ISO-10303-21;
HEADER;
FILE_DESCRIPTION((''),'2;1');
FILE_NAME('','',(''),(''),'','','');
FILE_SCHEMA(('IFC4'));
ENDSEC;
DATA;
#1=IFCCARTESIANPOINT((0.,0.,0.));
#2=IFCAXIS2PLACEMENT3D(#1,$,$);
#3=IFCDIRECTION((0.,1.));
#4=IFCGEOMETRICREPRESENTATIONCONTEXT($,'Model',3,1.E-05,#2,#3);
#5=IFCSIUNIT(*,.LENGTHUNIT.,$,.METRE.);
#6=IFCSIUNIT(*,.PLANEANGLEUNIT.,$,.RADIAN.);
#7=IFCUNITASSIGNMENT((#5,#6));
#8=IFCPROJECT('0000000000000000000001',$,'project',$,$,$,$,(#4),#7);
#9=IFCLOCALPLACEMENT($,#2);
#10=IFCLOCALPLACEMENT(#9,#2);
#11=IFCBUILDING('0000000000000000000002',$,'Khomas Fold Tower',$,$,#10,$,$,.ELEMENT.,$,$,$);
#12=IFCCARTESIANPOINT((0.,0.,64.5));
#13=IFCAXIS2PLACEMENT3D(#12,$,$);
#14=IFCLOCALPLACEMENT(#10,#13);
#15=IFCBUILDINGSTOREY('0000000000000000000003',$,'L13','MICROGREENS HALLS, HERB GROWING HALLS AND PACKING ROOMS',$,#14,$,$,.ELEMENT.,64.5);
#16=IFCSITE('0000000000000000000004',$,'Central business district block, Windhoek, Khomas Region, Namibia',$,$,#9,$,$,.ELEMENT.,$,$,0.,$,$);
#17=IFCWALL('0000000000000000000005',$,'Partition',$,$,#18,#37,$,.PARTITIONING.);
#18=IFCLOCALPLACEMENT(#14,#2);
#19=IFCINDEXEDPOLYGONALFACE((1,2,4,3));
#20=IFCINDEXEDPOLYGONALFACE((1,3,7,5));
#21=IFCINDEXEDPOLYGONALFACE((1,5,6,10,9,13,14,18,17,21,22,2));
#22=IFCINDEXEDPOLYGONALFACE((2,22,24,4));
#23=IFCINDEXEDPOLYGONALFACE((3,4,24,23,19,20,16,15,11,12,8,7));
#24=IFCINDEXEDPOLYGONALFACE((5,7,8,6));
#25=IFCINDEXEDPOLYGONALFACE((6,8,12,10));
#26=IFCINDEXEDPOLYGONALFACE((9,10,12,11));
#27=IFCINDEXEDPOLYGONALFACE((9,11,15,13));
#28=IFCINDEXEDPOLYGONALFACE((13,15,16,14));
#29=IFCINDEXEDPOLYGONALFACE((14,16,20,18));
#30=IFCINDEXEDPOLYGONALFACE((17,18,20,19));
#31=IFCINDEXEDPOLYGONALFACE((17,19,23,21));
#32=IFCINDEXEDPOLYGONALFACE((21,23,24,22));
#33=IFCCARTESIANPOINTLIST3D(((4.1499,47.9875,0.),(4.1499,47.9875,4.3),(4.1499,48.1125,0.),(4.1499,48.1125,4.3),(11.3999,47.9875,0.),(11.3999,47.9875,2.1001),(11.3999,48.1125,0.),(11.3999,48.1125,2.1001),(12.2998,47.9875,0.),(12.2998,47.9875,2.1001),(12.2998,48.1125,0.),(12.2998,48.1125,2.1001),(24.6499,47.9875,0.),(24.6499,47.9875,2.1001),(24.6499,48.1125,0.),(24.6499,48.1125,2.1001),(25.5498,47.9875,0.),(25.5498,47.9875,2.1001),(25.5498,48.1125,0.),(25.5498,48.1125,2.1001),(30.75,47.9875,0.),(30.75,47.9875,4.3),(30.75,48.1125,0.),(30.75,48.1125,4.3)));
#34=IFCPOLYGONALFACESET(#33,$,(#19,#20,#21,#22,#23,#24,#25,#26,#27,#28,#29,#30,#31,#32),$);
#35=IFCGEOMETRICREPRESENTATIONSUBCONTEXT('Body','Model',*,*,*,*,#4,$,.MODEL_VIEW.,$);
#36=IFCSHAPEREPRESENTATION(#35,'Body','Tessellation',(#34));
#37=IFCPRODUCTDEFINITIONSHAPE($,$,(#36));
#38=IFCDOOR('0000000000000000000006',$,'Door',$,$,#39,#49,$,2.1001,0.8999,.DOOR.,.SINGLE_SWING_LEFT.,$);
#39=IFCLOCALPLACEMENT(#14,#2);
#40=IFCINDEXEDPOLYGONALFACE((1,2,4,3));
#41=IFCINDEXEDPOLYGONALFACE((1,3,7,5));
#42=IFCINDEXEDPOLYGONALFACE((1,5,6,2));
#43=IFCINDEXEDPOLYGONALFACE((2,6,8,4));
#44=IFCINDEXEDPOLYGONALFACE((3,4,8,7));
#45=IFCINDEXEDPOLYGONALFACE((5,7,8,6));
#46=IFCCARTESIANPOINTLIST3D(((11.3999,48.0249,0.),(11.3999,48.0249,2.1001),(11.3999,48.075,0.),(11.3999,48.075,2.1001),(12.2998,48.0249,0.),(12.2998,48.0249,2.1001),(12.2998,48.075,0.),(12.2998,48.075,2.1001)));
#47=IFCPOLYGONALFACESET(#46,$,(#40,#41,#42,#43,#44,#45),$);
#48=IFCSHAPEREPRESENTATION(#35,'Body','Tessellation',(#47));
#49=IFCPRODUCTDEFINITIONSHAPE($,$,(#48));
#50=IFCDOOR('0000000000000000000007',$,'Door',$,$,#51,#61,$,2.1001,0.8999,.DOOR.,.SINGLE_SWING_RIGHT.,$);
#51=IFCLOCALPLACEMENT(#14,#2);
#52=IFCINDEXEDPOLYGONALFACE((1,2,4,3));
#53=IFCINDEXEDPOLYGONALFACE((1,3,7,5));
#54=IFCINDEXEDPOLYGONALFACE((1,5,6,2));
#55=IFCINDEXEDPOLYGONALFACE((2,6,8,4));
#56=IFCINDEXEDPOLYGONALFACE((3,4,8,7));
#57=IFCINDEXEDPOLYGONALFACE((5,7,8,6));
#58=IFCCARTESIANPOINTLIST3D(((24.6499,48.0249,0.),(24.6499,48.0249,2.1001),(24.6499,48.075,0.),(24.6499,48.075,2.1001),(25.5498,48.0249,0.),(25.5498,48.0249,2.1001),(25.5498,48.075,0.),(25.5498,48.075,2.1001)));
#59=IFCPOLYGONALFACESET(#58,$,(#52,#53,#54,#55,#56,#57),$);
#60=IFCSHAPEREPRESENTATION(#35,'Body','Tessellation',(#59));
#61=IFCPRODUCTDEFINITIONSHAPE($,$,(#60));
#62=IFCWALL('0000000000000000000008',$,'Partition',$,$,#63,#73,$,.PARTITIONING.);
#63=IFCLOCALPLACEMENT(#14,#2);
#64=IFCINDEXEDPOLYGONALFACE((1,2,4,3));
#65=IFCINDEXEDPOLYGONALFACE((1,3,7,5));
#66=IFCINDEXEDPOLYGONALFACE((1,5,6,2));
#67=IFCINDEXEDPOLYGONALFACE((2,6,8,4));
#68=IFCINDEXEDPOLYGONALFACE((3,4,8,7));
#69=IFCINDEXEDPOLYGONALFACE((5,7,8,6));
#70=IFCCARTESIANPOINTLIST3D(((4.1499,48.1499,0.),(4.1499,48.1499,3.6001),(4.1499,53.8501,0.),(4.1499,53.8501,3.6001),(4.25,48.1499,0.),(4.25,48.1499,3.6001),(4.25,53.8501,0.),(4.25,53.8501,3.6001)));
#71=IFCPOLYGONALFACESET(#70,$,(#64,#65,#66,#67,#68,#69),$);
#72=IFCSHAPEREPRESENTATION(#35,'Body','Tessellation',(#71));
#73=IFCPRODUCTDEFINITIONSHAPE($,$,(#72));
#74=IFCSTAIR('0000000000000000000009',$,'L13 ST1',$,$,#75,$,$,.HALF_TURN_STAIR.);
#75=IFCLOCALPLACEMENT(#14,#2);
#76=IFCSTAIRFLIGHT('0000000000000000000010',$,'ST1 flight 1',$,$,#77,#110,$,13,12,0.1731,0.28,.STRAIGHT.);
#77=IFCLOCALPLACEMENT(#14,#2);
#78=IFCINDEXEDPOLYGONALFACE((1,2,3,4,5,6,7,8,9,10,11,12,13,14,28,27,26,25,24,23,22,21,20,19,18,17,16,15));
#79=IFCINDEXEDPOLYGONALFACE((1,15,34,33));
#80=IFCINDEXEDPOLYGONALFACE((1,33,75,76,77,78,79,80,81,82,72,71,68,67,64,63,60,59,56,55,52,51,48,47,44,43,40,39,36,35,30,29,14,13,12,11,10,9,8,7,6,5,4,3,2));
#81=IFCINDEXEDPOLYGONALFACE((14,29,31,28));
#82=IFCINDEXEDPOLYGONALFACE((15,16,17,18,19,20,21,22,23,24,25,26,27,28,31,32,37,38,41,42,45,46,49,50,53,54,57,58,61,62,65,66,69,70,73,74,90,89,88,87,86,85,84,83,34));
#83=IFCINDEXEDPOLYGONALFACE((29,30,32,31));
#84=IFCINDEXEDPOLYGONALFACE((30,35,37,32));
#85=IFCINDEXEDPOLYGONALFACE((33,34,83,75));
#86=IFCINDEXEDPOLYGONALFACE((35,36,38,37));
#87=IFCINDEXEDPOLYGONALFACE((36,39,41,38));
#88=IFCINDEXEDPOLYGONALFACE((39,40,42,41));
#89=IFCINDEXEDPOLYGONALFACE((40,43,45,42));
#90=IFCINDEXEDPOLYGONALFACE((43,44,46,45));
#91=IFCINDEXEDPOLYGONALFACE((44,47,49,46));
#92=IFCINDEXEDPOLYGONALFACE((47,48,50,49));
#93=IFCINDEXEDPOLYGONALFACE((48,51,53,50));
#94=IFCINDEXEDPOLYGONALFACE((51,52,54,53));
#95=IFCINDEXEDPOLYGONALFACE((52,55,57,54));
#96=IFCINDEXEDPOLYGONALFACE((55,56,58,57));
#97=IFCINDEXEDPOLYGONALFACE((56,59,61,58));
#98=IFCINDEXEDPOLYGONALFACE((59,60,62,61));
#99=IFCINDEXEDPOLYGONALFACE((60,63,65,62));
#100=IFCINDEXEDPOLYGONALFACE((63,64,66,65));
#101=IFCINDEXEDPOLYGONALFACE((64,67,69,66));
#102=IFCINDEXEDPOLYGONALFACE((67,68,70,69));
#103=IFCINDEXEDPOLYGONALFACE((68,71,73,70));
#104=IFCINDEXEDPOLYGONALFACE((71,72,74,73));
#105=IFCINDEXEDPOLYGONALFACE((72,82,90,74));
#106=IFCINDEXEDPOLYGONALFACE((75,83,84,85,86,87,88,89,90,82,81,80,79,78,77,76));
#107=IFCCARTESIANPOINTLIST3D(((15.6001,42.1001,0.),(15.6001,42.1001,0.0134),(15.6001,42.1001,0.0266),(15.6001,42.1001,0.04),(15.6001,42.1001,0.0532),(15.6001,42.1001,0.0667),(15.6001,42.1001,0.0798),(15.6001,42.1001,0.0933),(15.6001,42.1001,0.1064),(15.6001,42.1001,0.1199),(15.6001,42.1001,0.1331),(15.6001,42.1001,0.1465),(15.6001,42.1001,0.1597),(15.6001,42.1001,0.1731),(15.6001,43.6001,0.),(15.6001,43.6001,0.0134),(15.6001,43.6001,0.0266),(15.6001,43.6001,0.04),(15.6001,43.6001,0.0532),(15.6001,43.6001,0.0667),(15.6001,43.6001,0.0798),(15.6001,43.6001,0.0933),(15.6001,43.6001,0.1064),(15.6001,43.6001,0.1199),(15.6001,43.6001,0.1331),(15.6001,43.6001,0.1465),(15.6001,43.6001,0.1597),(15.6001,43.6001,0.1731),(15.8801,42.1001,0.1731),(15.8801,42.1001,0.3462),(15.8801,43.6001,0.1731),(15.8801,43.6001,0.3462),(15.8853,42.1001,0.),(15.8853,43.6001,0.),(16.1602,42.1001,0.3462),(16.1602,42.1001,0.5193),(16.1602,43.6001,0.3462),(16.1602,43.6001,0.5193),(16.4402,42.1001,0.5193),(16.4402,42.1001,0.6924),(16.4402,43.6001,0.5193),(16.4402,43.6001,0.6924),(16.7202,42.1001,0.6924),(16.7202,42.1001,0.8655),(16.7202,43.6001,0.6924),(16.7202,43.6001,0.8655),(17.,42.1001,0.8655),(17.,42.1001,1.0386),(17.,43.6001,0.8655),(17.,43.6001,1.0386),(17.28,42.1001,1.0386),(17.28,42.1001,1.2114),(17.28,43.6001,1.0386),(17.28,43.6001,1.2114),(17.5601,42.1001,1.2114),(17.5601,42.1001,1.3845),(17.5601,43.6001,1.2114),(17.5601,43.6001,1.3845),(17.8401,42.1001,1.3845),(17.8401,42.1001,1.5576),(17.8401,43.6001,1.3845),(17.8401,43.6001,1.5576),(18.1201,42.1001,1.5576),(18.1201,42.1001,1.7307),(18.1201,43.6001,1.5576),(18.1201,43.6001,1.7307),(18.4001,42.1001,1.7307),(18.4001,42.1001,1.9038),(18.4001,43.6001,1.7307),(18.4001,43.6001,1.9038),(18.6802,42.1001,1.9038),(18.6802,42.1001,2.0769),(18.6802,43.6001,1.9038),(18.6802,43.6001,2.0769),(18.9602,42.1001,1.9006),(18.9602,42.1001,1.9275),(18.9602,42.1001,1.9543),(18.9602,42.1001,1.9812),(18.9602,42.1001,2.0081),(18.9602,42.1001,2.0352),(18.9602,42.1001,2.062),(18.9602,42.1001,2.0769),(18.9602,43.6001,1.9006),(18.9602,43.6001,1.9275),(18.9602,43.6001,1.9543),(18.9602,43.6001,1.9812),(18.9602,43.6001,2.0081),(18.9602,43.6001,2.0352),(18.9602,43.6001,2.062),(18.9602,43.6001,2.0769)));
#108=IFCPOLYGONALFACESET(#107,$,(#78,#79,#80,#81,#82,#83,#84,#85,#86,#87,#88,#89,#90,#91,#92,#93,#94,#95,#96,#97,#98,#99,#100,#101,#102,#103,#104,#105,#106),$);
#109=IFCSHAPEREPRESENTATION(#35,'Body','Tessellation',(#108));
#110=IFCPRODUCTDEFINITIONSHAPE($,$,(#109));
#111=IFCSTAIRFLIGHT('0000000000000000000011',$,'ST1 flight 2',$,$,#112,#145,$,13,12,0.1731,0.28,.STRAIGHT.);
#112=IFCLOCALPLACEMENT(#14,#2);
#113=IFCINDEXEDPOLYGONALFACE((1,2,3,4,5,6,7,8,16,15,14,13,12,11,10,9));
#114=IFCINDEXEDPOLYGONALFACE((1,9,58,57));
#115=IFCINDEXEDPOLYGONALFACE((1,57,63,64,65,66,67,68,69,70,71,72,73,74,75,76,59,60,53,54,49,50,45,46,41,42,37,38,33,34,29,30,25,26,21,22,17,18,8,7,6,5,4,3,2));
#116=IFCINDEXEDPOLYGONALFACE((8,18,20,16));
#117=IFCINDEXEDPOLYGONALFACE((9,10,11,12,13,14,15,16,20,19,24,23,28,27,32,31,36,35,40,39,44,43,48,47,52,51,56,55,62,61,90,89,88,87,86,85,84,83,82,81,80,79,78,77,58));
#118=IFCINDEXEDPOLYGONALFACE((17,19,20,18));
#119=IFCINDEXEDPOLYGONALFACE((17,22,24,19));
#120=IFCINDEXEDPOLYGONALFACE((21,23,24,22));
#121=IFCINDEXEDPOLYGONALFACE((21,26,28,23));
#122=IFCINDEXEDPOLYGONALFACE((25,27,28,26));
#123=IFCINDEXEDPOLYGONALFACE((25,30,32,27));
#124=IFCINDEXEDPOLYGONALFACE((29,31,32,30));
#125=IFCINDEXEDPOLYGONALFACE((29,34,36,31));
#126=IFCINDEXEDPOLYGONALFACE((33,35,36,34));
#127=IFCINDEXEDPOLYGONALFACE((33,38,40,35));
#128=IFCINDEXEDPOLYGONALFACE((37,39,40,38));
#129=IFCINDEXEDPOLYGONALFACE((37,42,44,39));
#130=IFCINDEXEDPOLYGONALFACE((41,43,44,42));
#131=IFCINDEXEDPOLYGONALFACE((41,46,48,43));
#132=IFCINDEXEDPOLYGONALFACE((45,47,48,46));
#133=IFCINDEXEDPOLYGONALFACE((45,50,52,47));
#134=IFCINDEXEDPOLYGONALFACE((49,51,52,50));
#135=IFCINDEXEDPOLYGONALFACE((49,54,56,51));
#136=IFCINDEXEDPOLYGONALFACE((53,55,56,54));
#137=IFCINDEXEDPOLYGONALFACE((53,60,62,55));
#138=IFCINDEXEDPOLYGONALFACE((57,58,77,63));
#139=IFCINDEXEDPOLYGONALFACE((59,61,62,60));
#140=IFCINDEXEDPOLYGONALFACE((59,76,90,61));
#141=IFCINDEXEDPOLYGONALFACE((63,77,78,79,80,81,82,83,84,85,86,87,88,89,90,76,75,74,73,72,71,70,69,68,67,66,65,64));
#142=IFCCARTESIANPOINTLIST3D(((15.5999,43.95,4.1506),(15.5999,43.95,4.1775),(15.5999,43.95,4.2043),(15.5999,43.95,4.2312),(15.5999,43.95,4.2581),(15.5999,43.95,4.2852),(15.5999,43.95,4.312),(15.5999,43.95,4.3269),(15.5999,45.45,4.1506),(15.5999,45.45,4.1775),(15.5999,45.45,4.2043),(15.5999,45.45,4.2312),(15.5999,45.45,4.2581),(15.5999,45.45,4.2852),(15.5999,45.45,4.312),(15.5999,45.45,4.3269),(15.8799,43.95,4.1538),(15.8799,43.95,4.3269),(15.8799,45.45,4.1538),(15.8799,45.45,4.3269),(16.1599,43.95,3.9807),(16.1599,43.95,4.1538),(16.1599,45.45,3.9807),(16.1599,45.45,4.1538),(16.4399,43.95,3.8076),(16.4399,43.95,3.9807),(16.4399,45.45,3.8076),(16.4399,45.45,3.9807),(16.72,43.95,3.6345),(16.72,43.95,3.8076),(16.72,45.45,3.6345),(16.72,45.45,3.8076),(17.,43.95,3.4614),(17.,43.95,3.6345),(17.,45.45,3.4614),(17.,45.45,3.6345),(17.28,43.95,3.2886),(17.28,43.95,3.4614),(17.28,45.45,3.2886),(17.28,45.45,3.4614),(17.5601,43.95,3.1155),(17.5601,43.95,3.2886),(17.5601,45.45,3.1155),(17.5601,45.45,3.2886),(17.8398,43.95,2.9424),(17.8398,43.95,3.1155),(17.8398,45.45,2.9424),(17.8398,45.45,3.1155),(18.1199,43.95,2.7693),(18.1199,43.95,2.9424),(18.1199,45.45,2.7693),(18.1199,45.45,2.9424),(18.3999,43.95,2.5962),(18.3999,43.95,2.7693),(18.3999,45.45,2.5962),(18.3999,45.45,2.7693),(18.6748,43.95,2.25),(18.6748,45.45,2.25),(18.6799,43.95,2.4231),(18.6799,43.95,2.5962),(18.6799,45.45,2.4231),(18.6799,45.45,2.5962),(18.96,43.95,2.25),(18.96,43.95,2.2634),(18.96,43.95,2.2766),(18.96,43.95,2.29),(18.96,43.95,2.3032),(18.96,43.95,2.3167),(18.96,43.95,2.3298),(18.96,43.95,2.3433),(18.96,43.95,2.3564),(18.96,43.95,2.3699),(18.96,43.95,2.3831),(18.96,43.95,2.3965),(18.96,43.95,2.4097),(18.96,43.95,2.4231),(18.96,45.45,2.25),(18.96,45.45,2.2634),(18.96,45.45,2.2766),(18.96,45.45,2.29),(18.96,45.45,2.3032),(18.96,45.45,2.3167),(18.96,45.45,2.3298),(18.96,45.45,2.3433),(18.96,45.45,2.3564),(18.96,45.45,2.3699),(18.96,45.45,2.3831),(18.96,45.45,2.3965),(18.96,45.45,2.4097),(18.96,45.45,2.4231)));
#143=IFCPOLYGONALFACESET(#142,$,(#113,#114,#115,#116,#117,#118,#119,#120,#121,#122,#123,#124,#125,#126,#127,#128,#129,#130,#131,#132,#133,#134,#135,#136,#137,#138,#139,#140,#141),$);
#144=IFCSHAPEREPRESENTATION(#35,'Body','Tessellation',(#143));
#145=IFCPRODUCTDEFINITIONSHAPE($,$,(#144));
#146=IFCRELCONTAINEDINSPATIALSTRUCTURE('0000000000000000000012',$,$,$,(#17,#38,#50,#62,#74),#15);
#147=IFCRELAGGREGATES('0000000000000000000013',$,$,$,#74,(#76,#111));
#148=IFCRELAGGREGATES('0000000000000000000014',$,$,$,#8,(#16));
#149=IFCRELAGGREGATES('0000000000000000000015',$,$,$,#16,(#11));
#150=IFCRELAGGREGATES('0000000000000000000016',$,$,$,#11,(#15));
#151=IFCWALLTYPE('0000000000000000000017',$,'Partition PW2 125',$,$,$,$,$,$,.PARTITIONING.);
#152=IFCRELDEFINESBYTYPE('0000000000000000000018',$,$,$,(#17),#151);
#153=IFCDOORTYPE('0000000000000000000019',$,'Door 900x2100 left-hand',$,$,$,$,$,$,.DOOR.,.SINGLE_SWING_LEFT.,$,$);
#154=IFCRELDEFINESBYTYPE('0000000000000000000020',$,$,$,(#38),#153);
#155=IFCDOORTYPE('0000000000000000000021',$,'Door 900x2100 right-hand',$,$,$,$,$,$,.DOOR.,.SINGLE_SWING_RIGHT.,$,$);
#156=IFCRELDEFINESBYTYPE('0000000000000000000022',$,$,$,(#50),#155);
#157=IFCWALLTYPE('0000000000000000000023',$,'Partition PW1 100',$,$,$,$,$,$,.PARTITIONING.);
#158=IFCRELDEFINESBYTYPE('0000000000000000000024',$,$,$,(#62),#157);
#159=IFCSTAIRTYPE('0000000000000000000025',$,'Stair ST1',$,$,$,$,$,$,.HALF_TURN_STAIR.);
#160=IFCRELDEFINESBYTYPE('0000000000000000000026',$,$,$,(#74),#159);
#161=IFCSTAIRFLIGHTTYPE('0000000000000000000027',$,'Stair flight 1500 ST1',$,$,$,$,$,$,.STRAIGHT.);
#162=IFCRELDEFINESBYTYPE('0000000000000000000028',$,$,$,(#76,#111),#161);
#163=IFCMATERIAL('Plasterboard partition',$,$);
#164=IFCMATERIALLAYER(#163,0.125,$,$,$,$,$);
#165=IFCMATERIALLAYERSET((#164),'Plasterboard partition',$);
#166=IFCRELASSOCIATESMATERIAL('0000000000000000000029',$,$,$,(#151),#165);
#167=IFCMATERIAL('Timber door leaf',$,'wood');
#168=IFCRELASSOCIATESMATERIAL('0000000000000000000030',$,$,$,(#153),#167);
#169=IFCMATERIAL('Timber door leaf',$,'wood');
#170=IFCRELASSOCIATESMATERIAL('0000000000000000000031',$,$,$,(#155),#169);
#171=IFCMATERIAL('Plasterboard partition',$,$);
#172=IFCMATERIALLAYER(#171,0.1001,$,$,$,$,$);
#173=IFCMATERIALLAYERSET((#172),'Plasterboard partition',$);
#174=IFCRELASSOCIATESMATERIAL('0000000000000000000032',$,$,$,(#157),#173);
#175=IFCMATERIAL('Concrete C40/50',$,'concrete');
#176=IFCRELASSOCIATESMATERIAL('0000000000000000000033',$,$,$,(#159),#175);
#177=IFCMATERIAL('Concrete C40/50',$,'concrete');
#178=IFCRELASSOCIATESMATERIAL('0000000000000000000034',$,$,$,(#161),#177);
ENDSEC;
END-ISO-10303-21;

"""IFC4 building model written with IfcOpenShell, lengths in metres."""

from ifc_helpers import new_model, si_unit, direction, frame, frame_2d, origin, place, context, subcontext, project, spatial, polyline, rectangle, outline, extrude, source, transform, mapped, material, layer, layer_set, type_object, element, fill, aggregate, save


model = new_model("IFC4")

# Units and contexts
model_context = context("Model", 3, precision=1e-05, world=origin(), true_north=direction((0.0, 1.0)))
body_context = subcontext(model_context, "Body", "Model", "MODEL_VIEW")
ifc_project = project(units=[si_unit("LENGTHUNIT", "METRE"), si_unit("PLANEANGLEUNIT", "RADIAN")], contexts=[model_context])

# Site, building, storey
site_placement = place(None, origin())
site = spatial("IfcSite", under=ifc_project, at=site_placement, Name="Central business district block, Windhoek, Khomas Region, Namibia", CompositionType="ELEMENT", RefElevation=0.0)
building_placement = place(site_placement, origin())
building = spatial("IfcBuilding", under=site, at=building_placement, Name="Khomas Fold Tower", CompositionType="ELEMENT")
storey_placement = place(building_placement, frame((0.0, 0.0, 64.5)))
storey = spatial("IfcBuildingStorey", under=building, at=storey_placement, Name="L13", Description="MICROGREENS HALLS, HERB GROWING HALLS AND PACKING ROOMS", CompositionType="ELEMENT", Elevation=64.5)

# Shared definitions
ifc_material_1 = material(Name="Plasterboard partition")
ifc_layer_1 = layer(ifc_material_1, 0.125)
ifc_layer_set_1 = layer_set([ifc_layer_1], Name="Plasterboard partition")
wall_type_1 = type_object("IfcWallType", Name="Partition PW2 125", PredefinedType="PARTITIONING", material=ifc_layer_set_1)
shared_shape_1 = source(origin(), body_context, "Body", "SweptSolid", [
    extrude(rectangle(XDim=0.8999, YDim=2.1001, at=frame_2d((0.45, 1.05))), frame((0.0, 0.0725, 0.0), z_axis=(0.0, -1.0, 0.0), x_axis=(1.0, 0.0, 0.0)), (0.0, 0.0, 1.0), 0.145),
])
ifc_material_2 = material(Name="Timber door leaf", Category="wood")
door_type_1 = type_object("IfcDoorType", Name="Door 900x2100 left-hand", OperationType="SINGLE_SWING_LEFT", PredefinedType="DOOR", material=ifc_material_2)
shared_shape_2 = source(origin(), body_context, "Body", "SweptSolid", [
    extrude(rectangle(XDim=0.8999, YDim=2.1001, at=frame_2d((0.45, 1.05))), frame((0.0, 0.0249, 0.0), z_axis=(0.0, -1.0, 0.0), x_axis=(1.0, 0.0, 0.0)), (0.0, 0.0, 1.0), 0.05),
])
ifc_material_3 = material(Name="Timber door leaf", Category="wood")
door_type_2 = type_object("IfcDoorType", Name="Door 900x2100 right-hand", OperationType="SINGLE_SWING_RIGHT", PredefinedType="DOOR", material=ifc_material_3)

# Shared definitions
ifc_material_4 = material(Name="Plasterboard partition")
ifc_layer_2 = layer(ifc_material_4, 0.1001)
ifc_layer_set_2 = layer_set([ifc_layer_2], Name="Plasterboard partition")
wall_type_2 = type_object("IfcWallType", Name="Partition PW1 100", PredefinedType="PARTITIONING", material=ifc_layer_set_2)

# Wall, openings, doors
shared_shape_3 = source(origin(), body_context, "Body", "SweptSolid", [
    extrude(rectangle(XDim=26.6001, YDim=0.125, at=frame_2d((13.3, 0.0))), origin(), (0.0, 0.0, 1.0), 4.3),
])
wall_1_placement = place(storey_placement, frame((4.1499, 48.05, 0.0), z_axis=(0.0, 0.0, 1.0), x_axis=(1.0, 0.0, 0.0)))
wall_1 = element("IfcWall", 1, at=wall_1_placement, inside=storey, type_object=wall_type_1, Name="Partition", PredefinedType="PARTITIONING", context=body_context, shape_type="MappedRepresentation", body=[
    mapped(shared_shape_3, transform((0.0, 0.0, 0.0))),
])
opening_1_placement = place(wall_1_placement, frame((7.25, 0.0, 0.0)))
opening_1 = element("IfcOpeningElement", 2, at=opening_1_placement, cuts=wall_1, PredefinedType="OPENING", context=body_context, shape_type="MappedRepresentation", body=[
    mapped(shared_shape_1, transform((0.0, 0.0, 0.0))),
])
opening_2_placement = place(wall_1_placement, frame((20.5, 0.0, 0.0)))
opening_2 = element("IfcOpeningElement", 3, at=opening_2_placement, cuts=wall_1, PredefinedType="OPENING", context=body_context, shape_type="MappedRepresentation", body=[
    mapped(shared_shape_1, transform((0.0, 0.0, 0.0))),
])
door_1_placement = place(opening_1_placement, origin())
door_1 = element("IfcDoor", 4, at=door_1_placement, inside=storey, type_object=door_type_1, Name="Door", OperationType="SINGLE_SWING_LEFT", OverallHeight=2.1001, OverallWidth=0.8999, PredefinedType="DOOR", context=body_context, shape_type="MappedRepresentation", body=[
    mapped(shared_shape_2, transform((0.0, 0.0, 0.0))),
])
fill(opening_1, door_1)
door_2_placement = place(opening_2_placement, origin())
door_2 = element("IfcDoor", 5, at=door_2_placement, inside=storey, type_object=door_type_2, Name="Door", OperationType="SINGLE_SWING_RIGHT", OverallHeight=2.1001, OverallWidth=0.8999, PredefinedType="DOOR", context=body_context, shape_type="MappedRepresentation", body=[
    mapped(shared_shape_2, transform((0.0, 0.0, 0.0))),
])
fill(opening_2, door_2)

# Wall
shared_shape_4 = source(origin(), body_context, "Body", "SweptSolid", [
    extrude(rectangle(XDim=5.7002, YDim=0.1001, at=frame_2d((2.8501, 0.0))), origin(), (0.0, 0.0, 1.0), 3.6001),
])
wall_2_placement = place(storey_placement, frame((4.2, 48.1499, 0.0), z_axis=(0.0, 0.0, 1.0), x_axis=(0.0, 1.0, 0.0)))
element("IfcWall", 6, at=wall_2_placement, inside=storey, type_object=wall_type_2, Name="Partition", PredefinedType="PARTITIONING", context=body_context, shape_type="MappedRepresentation", body=[
    mapped(shared_shape_4, transform((0.0, 0.0, 0.0))),
])

# Stair, stair flights
ifc_material_5 = material(Name="Concrete C40/50", Category="concrete")
stair_type = type_object("IfcStairType", Name="Stair ST1", PredefinedType="HALF_TURN_STAIR", material=ifc_material_5)
stair_placement = place(storey_placement, origin())
stair = element("IfcStair", 7, at=stair_placement, inside=storey, type_object=stair_type, Name="L13 ST1", PredefinedType="HALF_TURN_STAIR")
ifc_material_6 = material(Name="Concrete C40/50", Category="concrete")
stair_flight_type = type_object("IfcStairFlightType", Name="Stair flight 1500 ST1", PredefinedType="STRAIGHT", material=ifc_material_6)
shared_shape_5 = source(origin(), body_context, "Body", "SweptSolid", [
    extrude(outline(polyline([(0.0, 0.0), (0.0, 0.0134), (0.0, 0.0266), (0.0, 0.04), (0.0, 0.0532), (0.0, 0.0667), (0.0, 0.0798), (0.0, 0.0933), (0.0, 0.1064), (0.0, 0.1199), (0.0, 0.1331), (0.0, 0.1465), (0.0, 0.1597), (0.0, 0.1731), (0.28, 0.1731), (0.28, 0.3462), (0.5601, 0.3462), (0.5601, 0.5193), (0.8401, 0.5193), (0.8401, 0.6924), (1.1201, 0.6924), (1.1201, 0.8655), (1.3999, 0.8655), (1.3999, 1.0386), (1.6799, 1.0386), (1.6799, 1.2114), (1.96, 1.2114), (1.96, 1.3845), (2.24, 1.3845), (2.24, 1.5576), (2.52, 1.5576), (2.52, 1.7307), (2.8, 1.7307), (2.8, 1.9038), (3.0801, 1.9038), (3.0801, 2.0769), (3.3601, 2.0769), (3.3601, 2.25), (3.3601, 2.2231), (3.3601, 2.1963), (3.3601, 2.1694), (3.3601, 2.1426), (3.3601, 2.1157), (3.3601, 2.0889), (3.3601, 2.062), (3.3601, 2.0352), (3.3601, 2.0081), (3.3601, 1.9812), (3.3601, 1.9543), (3.3601, 1.9275), (3.3601, 1.9006), (0.2852, 0.0), (0.0, 0.0)])), frame((0.0, 0.75, 0.0), z_axis=(0.0, -1.0, 0.0), x_axis=(1.0, 0.0, 0.0)), (0.0, 0.0, 1.0), 1.5),
])
stair_flight_1_placement = place(storey_placement, frame((15.6001, 42.8501, 0.0), z_axis=(0.0, 0.0, 1.0), x_axis=(1.0, 0.0, 0.0)))
stair_flight_1 = element("IfcStairFlight", 8, at=stair_flight_1_placement, type_object=stair_flight_type, Name="ST1 flight 1", NumberOfRisers=13, NumberOfTreads=12, PredefinedType="STRAIGHT", RiserHeight=0.1731, TreadLength=0.28, context=body_context, shape_type="MappedRepresentation", body=[
    mapped(shared_shape_5, transform((0.0, 0.0, 0.0))),
])
stair_flight_2_placement = place(storey_placement, frame((18.96, 44.7, 2.25), z_axis=(0.0, 0.0, 1.0), x_axis=(-1.0, 0.0, 0.0)))
stair_flight_2 = element("IfcStairFlight", 9, at=stair_flight_2_placement, type_object=stair_flight_type, Name="ST1 flight 2", NumberOfRisers=13, NumberOfTreads=12, PredefinedType="STRAIGHT", RiserHeight=0.1731, TreadLength=0.28, context=body_context, shape_type="MappedRepresentation", body=[
    mapped(shared_shape_5, transform((0.0, 0.0, 0.0))),
])
aggregate(stair, [stair_flight_1, stair_flight_2])

save(model, "model.ifc")
